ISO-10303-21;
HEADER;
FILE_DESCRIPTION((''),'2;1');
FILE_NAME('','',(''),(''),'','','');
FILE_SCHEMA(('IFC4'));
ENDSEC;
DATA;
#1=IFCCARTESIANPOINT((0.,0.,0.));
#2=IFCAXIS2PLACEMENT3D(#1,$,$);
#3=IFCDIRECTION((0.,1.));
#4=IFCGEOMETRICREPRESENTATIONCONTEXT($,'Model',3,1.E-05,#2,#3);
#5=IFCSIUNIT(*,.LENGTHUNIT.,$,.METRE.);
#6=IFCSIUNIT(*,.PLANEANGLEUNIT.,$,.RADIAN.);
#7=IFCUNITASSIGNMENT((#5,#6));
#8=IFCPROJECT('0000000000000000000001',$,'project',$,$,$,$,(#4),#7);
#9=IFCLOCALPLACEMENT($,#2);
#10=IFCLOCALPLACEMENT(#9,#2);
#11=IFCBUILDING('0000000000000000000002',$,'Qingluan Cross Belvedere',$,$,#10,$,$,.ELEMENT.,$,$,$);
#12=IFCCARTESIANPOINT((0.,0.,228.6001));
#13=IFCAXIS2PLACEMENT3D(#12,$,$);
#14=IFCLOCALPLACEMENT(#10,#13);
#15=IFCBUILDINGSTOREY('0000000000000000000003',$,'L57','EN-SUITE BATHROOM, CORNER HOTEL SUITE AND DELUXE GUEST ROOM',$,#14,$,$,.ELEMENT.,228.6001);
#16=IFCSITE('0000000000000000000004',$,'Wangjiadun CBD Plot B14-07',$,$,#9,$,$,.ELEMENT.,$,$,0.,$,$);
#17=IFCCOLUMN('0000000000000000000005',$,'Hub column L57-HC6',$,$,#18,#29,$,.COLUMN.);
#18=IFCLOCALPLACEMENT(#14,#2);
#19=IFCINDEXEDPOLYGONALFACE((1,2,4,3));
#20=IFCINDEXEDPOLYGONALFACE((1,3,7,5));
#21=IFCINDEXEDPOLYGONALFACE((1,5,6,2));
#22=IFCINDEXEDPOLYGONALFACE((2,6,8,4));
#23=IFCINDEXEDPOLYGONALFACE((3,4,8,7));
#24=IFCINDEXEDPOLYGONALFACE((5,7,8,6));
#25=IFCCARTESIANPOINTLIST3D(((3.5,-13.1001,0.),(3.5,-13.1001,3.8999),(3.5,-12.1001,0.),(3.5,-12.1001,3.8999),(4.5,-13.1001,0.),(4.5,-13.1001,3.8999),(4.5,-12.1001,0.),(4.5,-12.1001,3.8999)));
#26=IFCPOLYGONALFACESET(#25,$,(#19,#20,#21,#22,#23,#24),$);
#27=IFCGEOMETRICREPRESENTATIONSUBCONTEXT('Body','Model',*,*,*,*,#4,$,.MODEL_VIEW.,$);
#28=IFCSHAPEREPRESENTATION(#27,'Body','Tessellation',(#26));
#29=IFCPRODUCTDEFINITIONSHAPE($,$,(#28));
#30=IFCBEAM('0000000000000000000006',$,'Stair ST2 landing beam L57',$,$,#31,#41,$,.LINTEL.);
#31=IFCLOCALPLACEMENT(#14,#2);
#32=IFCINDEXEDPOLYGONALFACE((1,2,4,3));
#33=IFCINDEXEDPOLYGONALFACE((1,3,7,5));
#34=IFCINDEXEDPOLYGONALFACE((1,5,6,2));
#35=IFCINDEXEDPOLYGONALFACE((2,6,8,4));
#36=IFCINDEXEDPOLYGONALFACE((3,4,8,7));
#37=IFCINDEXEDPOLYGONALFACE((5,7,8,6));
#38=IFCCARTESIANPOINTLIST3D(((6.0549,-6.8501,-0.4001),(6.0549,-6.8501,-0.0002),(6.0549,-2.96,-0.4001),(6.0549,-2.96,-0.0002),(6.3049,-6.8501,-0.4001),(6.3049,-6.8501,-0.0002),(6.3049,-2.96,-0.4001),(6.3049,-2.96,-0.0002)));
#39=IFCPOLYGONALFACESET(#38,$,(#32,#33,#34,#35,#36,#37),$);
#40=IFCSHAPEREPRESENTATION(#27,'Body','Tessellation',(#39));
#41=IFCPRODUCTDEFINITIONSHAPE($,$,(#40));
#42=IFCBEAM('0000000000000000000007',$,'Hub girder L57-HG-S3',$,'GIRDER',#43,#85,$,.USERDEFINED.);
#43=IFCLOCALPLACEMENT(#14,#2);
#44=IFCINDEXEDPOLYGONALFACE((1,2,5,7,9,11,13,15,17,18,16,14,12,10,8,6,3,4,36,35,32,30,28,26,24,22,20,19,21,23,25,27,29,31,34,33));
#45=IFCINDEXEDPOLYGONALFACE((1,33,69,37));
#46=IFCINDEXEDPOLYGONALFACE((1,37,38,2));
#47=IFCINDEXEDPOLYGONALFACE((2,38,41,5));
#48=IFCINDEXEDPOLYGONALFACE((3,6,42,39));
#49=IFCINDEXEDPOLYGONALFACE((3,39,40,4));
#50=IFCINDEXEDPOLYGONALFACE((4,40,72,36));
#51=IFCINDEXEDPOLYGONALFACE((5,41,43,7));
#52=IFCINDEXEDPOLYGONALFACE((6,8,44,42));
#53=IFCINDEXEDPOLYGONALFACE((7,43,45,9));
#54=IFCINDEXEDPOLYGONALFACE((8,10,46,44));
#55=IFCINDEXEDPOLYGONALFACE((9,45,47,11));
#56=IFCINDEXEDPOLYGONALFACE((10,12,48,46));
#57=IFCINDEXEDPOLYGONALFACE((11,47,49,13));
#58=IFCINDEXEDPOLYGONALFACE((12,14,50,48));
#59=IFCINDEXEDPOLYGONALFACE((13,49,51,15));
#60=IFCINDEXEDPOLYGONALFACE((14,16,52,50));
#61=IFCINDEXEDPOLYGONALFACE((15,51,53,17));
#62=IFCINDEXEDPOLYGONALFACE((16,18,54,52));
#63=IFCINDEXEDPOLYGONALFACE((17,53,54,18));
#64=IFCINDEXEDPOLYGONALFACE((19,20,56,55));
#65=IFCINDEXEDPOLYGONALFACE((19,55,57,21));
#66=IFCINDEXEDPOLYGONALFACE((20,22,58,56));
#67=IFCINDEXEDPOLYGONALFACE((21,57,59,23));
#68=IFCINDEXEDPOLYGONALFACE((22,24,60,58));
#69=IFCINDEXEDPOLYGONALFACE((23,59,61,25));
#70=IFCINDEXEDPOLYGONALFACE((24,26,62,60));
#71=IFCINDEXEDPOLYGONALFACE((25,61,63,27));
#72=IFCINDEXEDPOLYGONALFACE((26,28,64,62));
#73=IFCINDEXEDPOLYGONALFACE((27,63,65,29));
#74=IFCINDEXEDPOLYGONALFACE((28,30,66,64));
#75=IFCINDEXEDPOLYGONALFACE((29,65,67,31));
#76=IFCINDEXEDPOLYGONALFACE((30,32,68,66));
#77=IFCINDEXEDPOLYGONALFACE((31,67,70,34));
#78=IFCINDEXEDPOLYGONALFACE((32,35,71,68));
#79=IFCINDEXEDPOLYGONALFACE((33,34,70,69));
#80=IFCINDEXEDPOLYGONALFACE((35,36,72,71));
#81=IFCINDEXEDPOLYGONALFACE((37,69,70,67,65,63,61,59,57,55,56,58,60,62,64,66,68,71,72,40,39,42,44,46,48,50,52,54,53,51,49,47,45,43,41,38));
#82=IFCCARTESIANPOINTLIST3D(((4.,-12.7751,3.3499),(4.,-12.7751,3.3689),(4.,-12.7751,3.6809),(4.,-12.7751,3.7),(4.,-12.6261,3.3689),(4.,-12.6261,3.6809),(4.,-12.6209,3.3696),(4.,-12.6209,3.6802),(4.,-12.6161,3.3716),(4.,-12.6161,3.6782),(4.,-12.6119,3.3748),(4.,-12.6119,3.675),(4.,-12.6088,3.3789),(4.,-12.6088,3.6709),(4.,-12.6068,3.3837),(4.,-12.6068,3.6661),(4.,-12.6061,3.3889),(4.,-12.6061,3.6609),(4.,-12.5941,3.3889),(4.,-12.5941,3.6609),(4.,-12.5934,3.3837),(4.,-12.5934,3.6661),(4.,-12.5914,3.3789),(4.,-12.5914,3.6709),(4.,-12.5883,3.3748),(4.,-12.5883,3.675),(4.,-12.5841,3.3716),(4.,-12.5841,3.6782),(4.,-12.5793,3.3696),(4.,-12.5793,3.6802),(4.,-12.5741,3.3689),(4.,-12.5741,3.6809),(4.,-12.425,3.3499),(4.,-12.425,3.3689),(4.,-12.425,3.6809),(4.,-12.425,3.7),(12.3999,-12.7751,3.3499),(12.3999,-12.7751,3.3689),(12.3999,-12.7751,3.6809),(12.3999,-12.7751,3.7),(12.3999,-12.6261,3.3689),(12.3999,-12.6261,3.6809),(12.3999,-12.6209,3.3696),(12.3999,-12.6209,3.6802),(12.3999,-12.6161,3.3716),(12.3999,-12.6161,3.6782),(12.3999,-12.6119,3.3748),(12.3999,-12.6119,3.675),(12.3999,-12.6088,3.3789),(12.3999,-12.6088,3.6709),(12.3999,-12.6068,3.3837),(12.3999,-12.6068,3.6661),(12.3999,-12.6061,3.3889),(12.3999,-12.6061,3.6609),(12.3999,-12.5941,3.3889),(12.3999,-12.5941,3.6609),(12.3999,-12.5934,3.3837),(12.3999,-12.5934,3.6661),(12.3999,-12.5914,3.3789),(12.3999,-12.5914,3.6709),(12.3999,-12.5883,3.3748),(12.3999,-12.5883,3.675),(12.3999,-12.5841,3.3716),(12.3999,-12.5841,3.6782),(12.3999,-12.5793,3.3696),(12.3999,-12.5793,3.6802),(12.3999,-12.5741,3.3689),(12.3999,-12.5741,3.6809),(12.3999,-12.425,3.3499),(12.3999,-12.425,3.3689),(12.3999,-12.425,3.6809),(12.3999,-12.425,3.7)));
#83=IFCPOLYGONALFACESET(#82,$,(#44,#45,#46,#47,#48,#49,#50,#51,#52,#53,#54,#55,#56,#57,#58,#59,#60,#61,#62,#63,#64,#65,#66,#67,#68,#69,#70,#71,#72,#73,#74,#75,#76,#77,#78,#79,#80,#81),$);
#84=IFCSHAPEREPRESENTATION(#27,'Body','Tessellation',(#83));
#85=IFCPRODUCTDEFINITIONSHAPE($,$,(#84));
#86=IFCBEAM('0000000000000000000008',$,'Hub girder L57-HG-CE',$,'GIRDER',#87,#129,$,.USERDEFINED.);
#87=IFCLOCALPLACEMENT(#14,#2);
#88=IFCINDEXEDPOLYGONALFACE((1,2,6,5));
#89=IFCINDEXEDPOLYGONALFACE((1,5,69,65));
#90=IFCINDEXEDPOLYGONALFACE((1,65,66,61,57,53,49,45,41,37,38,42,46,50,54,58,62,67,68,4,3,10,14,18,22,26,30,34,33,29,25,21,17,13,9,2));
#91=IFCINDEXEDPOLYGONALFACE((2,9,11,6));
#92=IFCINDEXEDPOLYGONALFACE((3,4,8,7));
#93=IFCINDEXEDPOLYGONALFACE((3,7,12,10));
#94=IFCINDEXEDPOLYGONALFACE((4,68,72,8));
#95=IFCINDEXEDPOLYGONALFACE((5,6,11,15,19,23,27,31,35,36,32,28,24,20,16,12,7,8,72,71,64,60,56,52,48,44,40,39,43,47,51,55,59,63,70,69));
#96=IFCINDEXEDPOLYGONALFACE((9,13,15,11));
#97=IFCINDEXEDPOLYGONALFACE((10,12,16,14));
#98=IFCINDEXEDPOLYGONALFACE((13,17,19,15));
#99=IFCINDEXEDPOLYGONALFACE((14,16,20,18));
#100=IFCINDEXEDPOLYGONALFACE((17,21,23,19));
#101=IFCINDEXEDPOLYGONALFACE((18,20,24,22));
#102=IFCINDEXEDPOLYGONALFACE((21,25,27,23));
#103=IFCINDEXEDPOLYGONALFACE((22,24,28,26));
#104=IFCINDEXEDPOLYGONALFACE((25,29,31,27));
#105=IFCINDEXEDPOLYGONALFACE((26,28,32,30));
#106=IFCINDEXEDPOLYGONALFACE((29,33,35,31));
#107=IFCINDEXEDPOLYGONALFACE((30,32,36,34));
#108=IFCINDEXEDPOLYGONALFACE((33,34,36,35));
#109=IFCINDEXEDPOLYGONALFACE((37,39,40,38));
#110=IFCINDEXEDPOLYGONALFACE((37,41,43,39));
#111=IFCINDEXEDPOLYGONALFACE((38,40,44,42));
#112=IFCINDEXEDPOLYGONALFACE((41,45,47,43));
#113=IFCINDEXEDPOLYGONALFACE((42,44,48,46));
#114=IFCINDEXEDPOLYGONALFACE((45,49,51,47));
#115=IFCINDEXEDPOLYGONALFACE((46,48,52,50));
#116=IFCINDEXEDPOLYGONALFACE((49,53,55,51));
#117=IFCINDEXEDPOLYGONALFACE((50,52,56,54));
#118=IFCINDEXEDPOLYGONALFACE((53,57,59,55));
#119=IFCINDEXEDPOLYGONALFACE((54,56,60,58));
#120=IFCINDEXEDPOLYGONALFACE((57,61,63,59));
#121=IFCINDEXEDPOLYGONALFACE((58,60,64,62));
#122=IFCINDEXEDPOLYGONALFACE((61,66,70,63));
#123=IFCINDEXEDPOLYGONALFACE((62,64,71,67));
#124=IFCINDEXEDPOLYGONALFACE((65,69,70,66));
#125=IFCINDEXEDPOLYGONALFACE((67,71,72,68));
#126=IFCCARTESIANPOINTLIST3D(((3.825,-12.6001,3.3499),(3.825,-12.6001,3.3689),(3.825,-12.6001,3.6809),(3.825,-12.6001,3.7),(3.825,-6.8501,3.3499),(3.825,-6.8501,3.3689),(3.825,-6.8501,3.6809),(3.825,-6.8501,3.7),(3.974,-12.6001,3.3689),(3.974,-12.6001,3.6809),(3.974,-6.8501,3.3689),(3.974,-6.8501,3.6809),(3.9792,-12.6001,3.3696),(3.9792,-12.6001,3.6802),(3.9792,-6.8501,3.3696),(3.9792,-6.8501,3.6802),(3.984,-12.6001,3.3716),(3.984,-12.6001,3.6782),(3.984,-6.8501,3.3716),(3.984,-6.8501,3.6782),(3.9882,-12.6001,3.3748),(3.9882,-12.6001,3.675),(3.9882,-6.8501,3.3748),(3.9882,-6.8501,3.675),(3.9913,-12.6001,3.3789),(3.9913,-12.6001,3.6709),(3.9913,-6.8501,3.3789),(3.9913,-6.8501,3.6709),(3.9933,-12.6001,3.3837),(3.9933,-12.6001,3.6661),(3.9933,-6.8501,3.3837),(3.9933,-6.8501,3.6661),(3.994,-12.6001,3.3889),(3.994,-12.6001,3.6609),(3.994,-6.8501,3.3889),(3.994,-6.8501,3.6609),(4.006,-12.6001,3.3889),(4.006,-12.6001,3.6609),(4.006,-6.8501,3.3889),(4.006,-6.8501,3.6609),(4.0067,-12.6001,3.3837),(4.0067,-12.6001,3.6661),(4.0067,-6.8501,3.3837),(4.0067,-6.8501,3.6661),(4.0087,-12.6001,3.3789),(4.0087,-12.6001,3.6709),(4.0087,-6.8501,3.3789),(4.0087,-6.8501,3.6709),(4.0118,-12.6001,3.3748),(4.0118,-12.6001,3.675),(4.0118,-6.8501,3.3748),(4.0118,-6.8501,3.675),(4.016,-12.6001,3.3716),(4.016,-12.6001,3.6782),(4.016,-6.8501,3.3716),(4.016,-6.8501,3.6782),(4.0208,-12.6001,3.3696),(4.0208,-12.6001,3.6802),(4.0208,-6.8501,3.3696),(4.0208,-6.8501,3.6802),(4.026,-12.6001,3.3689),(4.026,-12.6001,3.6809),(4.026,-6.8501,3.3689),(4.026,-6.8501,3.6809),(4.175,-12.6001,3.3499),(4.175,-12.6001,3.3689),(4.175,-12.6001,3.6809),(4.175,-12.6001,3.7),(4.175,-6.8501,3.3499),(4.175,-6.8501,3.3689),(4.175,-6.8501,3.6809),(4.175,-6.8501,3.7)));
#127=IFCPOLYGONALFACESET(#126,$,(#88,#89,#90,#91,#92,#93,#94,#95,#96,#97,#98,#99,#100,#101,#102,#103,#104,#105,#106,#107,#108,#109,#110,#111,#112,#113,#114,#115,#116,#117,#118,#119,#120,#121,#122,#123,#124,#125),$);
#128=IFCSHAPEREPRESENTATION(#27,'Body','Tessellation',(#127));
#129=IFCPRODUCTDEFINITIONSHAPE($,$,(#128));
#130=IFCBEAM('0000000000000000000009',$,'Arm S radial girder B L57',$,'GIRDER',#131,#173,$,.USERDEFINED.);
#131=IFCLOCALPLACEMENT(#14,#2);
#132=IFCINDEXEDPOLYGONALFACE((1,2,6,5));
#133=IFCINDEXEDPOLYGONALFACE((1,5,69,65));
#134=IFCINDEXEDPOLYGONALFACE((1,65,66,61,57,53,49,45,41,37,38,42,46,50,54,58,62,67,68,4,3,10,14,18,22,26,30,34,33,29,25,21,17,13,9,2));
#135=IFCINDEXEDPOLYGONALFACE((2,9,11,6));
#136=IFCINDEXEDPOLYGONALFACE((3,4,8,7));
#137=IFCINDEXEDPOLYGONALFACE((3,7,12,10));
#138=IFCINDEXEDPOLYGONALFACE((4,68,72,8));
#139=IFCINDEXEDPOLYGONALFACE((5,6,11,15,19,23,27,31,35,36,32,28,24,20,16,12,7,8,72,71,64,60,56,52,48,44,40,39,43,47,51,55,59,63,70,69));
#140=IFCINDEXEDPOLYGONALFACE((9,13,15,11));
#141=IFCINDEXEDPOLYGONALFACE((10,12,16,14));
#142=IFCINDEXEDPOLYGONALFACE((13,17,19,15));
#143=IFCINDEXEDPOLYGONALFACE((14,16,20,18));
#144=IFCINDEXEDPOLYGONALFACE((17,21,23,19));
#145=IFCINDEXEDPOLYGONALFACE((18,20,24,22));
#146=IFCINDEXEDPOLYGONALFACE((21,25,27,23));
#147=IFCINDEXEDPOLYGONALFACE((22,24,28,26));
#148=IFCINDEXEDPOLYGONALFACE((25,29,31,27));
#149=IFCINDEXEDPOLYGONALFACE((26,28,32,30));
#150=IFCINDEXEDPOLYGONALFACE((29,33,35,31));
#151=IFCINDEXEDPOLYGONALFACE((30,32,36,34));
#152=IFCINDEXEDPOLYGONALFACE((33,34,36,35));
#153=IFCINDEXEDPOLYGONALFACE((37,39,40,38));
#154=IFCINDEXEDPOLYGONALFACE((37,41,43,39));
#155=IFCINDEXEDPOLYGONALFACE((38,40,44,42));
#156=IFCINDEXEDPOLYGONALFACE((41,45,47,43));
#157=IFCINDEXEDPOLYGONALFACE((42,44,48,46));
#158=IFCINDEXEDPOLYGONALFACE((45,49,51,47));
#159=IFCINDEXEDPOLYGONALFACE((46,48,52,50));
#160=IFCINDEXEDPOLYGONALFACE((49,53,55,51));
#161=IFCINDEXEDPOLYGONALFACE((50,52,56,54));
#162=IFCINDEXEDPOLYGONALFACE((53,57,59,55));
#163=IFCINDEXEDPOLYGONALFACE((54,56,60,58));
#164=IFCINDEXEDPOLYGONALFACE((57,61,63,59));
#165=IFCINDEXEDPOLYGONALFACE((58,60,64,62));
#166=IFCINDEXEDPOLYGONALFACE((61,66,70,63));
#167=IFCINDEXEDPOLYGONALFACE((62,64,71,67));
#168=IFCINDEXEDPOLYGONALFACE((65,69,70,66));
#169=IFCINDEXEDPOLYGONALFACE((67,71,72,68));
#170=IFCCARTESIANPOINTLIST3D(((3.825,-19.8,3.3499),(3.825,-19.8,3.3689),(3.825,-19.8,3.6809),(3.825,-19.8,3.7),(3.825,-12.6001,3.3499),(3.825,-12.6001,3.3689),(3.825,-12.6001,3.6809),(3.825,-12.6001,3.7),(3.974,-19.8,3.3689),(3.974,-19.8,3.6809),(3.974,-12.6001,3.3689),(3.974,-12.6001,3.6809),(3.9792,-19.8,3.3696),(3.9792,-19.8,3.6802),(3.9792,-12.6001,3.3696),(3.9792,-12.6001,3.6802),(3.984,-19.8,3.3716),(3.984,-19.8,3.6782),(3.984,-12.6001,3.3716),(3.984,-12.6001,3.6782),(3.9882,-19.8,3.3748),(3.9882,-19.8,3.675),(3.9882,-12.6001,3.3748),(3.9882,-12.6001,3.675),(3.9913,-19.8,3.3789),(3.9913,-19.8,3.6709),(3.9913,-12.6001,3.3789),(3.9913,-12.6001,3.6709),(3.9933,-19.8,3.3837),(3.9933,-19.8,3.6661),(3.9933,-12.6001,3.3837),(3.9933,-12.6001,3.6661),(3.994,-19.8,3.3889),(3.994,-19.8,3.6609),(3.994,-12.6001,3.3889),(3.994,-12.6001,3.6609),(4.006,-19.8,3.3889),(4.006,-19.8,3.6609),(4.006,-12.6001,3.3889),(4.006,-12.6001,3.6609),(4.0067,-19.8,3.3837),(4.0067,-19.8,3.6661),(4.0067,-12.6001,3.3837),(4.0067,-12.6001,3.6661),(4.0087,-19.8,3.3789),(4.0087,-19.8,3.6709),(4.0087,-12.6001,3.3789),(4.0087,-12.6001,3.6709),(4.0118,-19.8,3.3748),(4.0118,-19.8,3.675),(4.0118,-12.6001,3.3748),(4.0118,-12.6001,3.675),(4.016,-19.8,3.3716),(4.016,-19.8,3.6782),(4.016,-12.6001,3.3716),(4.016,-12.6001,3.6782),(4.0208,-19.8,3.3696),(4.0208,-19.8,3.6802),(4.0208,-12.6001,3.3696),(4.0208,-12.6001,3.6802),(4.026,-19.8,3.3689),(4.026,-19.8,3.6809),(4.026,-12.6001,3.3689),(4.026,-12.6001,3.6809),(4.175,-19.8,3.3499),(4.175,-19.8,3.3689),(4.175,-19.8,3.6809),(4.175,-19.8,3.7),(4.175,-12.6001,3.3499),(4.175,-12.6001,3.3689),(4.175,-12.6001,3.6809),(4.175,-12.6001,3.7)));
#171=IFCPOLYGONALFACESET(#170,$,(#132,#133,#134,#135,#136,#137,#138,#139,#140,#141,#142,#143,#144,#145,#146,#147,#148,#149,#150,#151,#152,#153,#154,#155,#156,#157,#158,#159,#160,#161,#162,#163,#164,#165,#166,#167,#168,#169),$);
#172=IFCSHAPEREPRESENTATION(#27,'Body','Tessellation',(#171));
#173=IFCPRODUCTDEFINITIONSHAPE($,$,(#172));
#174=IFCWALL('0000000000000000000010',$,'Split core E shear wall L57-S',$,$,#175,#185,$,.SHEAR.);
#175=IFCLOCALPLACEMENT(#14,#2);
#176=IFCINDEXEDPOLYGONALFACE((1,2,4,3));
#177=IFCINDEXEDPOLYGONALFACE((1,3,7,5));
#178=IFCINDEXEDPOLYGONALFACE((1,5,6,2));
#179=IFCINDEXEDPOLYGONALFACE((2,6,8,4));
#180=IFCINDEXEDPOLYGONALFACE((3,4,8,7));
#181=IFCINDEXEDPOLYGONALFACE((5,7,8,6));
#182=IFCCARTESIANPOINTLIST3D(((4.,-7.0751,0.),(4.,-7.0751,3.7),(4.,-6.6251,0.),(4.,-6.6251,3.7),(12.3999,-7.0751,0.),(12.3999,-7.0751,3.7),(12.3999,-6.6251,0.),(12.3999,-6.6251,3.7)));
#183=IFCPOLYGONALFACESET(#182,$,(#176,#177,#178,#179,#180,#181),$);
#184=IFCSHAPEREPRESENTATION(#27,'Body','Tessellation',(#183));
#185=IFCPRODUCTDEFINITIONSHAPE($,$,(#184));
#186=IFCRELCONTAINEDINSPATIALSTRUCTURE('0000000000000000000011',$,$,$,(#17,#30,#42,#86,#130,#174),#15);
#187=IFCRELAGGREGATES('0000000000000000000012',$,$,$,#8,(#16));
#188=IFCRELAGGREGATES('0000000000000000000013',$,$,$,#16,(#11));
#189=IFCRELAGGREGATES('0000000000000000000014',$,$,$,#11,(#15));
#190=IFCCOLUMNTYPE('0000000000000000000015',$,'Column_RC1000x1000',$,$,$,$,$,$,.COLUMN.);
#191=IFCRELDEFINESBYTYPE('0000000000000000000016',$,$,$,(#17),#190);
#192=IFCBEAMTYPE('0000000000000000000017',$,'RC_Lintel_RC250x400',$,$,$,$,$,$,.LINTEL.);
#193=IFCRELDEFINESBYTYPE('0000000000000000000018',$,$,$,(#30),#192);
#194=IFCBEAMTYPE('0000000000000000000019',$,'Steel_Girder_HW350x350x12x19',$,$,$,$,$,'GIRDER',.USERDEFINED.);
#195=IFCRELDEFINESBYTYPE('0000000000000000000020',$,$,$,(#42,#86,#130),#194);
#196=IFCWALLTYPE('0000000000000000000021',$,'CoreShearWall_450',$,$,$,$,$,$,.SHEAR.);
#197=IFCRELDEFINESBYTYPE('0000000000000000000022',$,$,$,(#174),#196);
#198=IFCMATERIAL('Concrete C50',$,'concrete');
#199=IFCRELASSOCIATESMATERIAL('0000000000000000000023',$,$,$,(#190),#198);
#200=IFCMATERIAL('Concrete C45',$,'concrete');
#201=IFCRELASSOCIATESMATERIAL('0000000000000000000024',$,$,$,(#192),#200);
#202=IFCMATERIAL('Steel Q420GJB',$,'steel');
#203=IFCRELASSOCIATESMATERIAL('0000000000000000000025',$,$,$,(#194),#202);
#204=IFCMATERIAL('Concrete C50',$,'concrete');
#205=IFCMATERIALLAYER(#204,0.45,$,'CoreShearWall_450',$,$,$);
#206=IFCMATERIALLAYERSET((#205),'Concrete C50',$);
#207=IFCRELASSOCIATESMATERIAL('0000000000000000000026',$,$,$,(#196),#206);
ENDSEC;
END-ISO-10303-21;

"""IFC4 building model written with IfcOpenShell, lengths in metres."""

from ifc_helpers import new_model, si_unit, direction, frame, frame_2d, origin, origin_2d, place, context, subcontext, project, spatial, rectangle, i_section, extrude, material, layer, layer_set, material_profile, profile_set, type_object, element, save


model = new_model("IFC4")

# Units and contexts
model_context = context("Model", 3, precision=1e-05, world=origin(), true_north=direction((0.0, 1.0)))
body_context = subcontext(model_context, "Body", "Model", "MODEL_VIEW")
ifc_project = project(units=[si_unit("LENGTHUNIT", "METRE"), si_unit("PLANEANGLEUNIT", "RADIAN")], contexts=[model_context])

# Site, building, storey
site_placement = place(None, origin())
site = spatial("IfcSite", under=ifc_project, at=site_placement, Name="Wangjiadun CBD Plot B14-07", CompositionType="ELEMENT", RefElevation=0.0)
building_placement = place(site_placement, origin())
building = spatial("IfcBuilding", under=site, at=building_placement, Name="Qingluan Cross Belvedere", CompositionType="ELEMENT")
storey_placement = place(building_placement, frame((0.0, 0.0, 228.6001)))
storey = spatial("IfcBuildingStorey", under=building, at=storey_placement, Name="L57", Description="EN-SUITE BATHROOM, CORNER HOTEL SUITE AND DELUXE GUEST ROOM", CompositionType="ELEMENT", Elevation=228.6001)

# Column
ifc_material_1 = material(Name="Concrete C50", Category="concrete")
ifc_material_profile_1 = material_profile(ifc_material_1, rectangle(XDim=1.0, YDim=1.0, at=origin_2d()), Name="RC1000x1000")
ifc_profile_set_1 = profile_set([ifc_material_profile_1], Name="Concrete C50")
column_type = type_object("IfcColumnType", Name="Column_RC1000x1000", PredefinedType="COLUMN", material=ifc_profile_set_1)
column_placement = place(storey_placement, frame((4.0, -12.6001, 0.0), z_axis=(0.0, 0.0, 1.0), x_axis=(1.0, 0.0, 0.0)))
element("IfcColumn", 1, at=column_placement, inside=storey, type_object=column_type, Name="Hub column L57-HC6", PredefinedType="COLUMN", context=body_context, shape_type="SweptSolid", body=[
    extrude(rectangle(XDim=1.0, YDim=1.0, at=origin_2d()), origin(), (0.0, 0.0, 1.0), 3.8999),
])

# Beams
ifc_material_2 = material(Name="Concrete C45", Category="concrete")
ifc_material_profile_2 = material_profile(ifc_material_2, rectangle(XDim=0.25, YDim=0.3999, at=origin_2d()), Name="RC250x400")
ifc_profile_set_2 = profile_set([ifc_material_profile_2], Name="Concrete C45")
beam_type_1 = type_object("IfcBeamType", Name="RC_Lintel_RC250x400", PredefinedType="LINTEL", material=ifc_profile_set_2)
beam_1_placement = place(storey_placement, frame((6.1799, -6.8501, -0.2002), z_axis=(0.0, 1.0, 0.0), x_axis=(-1.0, 0.0, 0.0)))
element("IfcBeam", 2, at=beam_1_placement, inside=storey, type_object=beam_type_1, Name="Stair ST2 landing beam L57", PredefinedType="LINTEL", context=body_context, shape_type="SweptSolid", body=[
    extrude(rectangle(XDim=0.25, YDim=0.3999, at=origin_2d()), origin(), (0.0, 0.0, 1.0), 3.8901),
])
ifc_material_3 = material(Name="Steel Q420GJB", Category="steel")
ifc_material_profile_3 = material_profile(ifc_material_3, i_section(OverallWidth=0.3501, OverallDepth=0.3501, WebThickness=0.012, FlangeThickness=0.019, FilletRadius=0.02, at=origin_2d()), Name="HW350x350x12x19")
ifc_profile_set_3 = profile_set([ifc_material_profile_3], Name="Steel Q420GJB")
beam_type_2 = type_object("IfcBeamType", Name="Steel_Girder_HW350x350x12x19", ElementType="GIRDER", PredefinedType="USERDEFINED", material=ifc_profile_set_3)
beam_2_placement = place(storey_placement, frame((4.0, -12.6001, 3.5249), z_axis=(1.0, 0.0, 0.0), x_axis=(0.0, 1.0, 0.0)))
element("IfcBeam", 3, at=beam_2_placement, inside=storey, type_object=beam_type_2, Name="Hub girder L57-HG-S3", ObjectType="GIRDER", PredefinedType="USERDEFINED", context=body_context, shape_type="SweptSolid", body=[
    extrude(i_section(OverallWidth=0.3501, OverallDepth=0.3501, WebThickness=0.012, FlangeThickness=0.019, FilletRadius=0.02, at=origin_2d()), origin(), (0.0, 0.0, 1.0), 8.3999),
])
beam_3_placement = place(storey_placement, frame((4.0, -12.6001, 3.5249), z_axis=(0.0, 1.0, 0.0), x_axis=(-1.0, 0.0, 0.0)))
element("IfcBeam", 4, at=beam_3_placement, inside=storey, type_object=beam_type_2, Name="Hub girder L57-HG-CE", ObjectType="GIRDER", PredefinedType="USERDEFINED", context=body_context, shape_type="SweptSolid", body=[
    extrude(i_section(OverallWidth=0.3501, OverallDepth=0.3501, WebThickness=0.012, FlangeThickness=0.019, FilletRadius=0.02, at=origin_2d()), origin(), (0.0, 0.0, 1.0), 5.75),
])
beam_4_placement = place(storey_placement, frame((4.0, -12.6001, 3.5249), z_axis=(0.0, -1.0, 0.0), x_axis=(1.0, 0.0, 0.0)))
element("IfcBeam", 5, at=beam_4_placement, inside=storey, type_object=beam_type_2, Name="Arm S radial girder B L57", ObjectType="GIRDER", PredefinedType="USERDEFINED", context=body_context, shape_type="SweptSolid", body=[
    extrude(i_section(OverallWidth=0.3501, OverallDepth=0.3501, WebThickness=0.012, FlangeThickness=0.019, FilletRadius=0.02, at=origin_2d()), origin(), (0.0, 0.0, 1.0), 7.2),
])

# Wall
ifc_material_4 = material(Name="Concrete C50", Category="concrete")
ifc_layer_1 = layer(ifc_material_4, 0.45, Name="CoreShearWall_450")
ifc_layer_set_1 = layer_set([ifc_layer_1], Name="Concrete C50")
wall_type_1 = type_object("IfcWallType", Name="CoreShearWall_450", PredefinedType="SHEAR", material=ifc_layer_set_1)
wall_1_placement = place(storey_placement, frame((4.0, -6.8501, 0.0), z_axis=(0.0, 0.0, 1.0), x_axis=(1.0, 0.0, 0.0)))
element("IfcWall", 6, at=wall_1_placement, inside=storey, type_object=wall_type_1, Name="Split core E shear wall L57-S", PredefinedType="SHEAR", context=body_context, shape_type="SweptSolid", body=[
    extrude(rectangle(XDim=8.3999, YDim=0.45, at=frame_2d((4.2, 0.0))), origin(), (0.0, 0.0, 1.0), 3.7),
])

save(model, "model.ifc")
